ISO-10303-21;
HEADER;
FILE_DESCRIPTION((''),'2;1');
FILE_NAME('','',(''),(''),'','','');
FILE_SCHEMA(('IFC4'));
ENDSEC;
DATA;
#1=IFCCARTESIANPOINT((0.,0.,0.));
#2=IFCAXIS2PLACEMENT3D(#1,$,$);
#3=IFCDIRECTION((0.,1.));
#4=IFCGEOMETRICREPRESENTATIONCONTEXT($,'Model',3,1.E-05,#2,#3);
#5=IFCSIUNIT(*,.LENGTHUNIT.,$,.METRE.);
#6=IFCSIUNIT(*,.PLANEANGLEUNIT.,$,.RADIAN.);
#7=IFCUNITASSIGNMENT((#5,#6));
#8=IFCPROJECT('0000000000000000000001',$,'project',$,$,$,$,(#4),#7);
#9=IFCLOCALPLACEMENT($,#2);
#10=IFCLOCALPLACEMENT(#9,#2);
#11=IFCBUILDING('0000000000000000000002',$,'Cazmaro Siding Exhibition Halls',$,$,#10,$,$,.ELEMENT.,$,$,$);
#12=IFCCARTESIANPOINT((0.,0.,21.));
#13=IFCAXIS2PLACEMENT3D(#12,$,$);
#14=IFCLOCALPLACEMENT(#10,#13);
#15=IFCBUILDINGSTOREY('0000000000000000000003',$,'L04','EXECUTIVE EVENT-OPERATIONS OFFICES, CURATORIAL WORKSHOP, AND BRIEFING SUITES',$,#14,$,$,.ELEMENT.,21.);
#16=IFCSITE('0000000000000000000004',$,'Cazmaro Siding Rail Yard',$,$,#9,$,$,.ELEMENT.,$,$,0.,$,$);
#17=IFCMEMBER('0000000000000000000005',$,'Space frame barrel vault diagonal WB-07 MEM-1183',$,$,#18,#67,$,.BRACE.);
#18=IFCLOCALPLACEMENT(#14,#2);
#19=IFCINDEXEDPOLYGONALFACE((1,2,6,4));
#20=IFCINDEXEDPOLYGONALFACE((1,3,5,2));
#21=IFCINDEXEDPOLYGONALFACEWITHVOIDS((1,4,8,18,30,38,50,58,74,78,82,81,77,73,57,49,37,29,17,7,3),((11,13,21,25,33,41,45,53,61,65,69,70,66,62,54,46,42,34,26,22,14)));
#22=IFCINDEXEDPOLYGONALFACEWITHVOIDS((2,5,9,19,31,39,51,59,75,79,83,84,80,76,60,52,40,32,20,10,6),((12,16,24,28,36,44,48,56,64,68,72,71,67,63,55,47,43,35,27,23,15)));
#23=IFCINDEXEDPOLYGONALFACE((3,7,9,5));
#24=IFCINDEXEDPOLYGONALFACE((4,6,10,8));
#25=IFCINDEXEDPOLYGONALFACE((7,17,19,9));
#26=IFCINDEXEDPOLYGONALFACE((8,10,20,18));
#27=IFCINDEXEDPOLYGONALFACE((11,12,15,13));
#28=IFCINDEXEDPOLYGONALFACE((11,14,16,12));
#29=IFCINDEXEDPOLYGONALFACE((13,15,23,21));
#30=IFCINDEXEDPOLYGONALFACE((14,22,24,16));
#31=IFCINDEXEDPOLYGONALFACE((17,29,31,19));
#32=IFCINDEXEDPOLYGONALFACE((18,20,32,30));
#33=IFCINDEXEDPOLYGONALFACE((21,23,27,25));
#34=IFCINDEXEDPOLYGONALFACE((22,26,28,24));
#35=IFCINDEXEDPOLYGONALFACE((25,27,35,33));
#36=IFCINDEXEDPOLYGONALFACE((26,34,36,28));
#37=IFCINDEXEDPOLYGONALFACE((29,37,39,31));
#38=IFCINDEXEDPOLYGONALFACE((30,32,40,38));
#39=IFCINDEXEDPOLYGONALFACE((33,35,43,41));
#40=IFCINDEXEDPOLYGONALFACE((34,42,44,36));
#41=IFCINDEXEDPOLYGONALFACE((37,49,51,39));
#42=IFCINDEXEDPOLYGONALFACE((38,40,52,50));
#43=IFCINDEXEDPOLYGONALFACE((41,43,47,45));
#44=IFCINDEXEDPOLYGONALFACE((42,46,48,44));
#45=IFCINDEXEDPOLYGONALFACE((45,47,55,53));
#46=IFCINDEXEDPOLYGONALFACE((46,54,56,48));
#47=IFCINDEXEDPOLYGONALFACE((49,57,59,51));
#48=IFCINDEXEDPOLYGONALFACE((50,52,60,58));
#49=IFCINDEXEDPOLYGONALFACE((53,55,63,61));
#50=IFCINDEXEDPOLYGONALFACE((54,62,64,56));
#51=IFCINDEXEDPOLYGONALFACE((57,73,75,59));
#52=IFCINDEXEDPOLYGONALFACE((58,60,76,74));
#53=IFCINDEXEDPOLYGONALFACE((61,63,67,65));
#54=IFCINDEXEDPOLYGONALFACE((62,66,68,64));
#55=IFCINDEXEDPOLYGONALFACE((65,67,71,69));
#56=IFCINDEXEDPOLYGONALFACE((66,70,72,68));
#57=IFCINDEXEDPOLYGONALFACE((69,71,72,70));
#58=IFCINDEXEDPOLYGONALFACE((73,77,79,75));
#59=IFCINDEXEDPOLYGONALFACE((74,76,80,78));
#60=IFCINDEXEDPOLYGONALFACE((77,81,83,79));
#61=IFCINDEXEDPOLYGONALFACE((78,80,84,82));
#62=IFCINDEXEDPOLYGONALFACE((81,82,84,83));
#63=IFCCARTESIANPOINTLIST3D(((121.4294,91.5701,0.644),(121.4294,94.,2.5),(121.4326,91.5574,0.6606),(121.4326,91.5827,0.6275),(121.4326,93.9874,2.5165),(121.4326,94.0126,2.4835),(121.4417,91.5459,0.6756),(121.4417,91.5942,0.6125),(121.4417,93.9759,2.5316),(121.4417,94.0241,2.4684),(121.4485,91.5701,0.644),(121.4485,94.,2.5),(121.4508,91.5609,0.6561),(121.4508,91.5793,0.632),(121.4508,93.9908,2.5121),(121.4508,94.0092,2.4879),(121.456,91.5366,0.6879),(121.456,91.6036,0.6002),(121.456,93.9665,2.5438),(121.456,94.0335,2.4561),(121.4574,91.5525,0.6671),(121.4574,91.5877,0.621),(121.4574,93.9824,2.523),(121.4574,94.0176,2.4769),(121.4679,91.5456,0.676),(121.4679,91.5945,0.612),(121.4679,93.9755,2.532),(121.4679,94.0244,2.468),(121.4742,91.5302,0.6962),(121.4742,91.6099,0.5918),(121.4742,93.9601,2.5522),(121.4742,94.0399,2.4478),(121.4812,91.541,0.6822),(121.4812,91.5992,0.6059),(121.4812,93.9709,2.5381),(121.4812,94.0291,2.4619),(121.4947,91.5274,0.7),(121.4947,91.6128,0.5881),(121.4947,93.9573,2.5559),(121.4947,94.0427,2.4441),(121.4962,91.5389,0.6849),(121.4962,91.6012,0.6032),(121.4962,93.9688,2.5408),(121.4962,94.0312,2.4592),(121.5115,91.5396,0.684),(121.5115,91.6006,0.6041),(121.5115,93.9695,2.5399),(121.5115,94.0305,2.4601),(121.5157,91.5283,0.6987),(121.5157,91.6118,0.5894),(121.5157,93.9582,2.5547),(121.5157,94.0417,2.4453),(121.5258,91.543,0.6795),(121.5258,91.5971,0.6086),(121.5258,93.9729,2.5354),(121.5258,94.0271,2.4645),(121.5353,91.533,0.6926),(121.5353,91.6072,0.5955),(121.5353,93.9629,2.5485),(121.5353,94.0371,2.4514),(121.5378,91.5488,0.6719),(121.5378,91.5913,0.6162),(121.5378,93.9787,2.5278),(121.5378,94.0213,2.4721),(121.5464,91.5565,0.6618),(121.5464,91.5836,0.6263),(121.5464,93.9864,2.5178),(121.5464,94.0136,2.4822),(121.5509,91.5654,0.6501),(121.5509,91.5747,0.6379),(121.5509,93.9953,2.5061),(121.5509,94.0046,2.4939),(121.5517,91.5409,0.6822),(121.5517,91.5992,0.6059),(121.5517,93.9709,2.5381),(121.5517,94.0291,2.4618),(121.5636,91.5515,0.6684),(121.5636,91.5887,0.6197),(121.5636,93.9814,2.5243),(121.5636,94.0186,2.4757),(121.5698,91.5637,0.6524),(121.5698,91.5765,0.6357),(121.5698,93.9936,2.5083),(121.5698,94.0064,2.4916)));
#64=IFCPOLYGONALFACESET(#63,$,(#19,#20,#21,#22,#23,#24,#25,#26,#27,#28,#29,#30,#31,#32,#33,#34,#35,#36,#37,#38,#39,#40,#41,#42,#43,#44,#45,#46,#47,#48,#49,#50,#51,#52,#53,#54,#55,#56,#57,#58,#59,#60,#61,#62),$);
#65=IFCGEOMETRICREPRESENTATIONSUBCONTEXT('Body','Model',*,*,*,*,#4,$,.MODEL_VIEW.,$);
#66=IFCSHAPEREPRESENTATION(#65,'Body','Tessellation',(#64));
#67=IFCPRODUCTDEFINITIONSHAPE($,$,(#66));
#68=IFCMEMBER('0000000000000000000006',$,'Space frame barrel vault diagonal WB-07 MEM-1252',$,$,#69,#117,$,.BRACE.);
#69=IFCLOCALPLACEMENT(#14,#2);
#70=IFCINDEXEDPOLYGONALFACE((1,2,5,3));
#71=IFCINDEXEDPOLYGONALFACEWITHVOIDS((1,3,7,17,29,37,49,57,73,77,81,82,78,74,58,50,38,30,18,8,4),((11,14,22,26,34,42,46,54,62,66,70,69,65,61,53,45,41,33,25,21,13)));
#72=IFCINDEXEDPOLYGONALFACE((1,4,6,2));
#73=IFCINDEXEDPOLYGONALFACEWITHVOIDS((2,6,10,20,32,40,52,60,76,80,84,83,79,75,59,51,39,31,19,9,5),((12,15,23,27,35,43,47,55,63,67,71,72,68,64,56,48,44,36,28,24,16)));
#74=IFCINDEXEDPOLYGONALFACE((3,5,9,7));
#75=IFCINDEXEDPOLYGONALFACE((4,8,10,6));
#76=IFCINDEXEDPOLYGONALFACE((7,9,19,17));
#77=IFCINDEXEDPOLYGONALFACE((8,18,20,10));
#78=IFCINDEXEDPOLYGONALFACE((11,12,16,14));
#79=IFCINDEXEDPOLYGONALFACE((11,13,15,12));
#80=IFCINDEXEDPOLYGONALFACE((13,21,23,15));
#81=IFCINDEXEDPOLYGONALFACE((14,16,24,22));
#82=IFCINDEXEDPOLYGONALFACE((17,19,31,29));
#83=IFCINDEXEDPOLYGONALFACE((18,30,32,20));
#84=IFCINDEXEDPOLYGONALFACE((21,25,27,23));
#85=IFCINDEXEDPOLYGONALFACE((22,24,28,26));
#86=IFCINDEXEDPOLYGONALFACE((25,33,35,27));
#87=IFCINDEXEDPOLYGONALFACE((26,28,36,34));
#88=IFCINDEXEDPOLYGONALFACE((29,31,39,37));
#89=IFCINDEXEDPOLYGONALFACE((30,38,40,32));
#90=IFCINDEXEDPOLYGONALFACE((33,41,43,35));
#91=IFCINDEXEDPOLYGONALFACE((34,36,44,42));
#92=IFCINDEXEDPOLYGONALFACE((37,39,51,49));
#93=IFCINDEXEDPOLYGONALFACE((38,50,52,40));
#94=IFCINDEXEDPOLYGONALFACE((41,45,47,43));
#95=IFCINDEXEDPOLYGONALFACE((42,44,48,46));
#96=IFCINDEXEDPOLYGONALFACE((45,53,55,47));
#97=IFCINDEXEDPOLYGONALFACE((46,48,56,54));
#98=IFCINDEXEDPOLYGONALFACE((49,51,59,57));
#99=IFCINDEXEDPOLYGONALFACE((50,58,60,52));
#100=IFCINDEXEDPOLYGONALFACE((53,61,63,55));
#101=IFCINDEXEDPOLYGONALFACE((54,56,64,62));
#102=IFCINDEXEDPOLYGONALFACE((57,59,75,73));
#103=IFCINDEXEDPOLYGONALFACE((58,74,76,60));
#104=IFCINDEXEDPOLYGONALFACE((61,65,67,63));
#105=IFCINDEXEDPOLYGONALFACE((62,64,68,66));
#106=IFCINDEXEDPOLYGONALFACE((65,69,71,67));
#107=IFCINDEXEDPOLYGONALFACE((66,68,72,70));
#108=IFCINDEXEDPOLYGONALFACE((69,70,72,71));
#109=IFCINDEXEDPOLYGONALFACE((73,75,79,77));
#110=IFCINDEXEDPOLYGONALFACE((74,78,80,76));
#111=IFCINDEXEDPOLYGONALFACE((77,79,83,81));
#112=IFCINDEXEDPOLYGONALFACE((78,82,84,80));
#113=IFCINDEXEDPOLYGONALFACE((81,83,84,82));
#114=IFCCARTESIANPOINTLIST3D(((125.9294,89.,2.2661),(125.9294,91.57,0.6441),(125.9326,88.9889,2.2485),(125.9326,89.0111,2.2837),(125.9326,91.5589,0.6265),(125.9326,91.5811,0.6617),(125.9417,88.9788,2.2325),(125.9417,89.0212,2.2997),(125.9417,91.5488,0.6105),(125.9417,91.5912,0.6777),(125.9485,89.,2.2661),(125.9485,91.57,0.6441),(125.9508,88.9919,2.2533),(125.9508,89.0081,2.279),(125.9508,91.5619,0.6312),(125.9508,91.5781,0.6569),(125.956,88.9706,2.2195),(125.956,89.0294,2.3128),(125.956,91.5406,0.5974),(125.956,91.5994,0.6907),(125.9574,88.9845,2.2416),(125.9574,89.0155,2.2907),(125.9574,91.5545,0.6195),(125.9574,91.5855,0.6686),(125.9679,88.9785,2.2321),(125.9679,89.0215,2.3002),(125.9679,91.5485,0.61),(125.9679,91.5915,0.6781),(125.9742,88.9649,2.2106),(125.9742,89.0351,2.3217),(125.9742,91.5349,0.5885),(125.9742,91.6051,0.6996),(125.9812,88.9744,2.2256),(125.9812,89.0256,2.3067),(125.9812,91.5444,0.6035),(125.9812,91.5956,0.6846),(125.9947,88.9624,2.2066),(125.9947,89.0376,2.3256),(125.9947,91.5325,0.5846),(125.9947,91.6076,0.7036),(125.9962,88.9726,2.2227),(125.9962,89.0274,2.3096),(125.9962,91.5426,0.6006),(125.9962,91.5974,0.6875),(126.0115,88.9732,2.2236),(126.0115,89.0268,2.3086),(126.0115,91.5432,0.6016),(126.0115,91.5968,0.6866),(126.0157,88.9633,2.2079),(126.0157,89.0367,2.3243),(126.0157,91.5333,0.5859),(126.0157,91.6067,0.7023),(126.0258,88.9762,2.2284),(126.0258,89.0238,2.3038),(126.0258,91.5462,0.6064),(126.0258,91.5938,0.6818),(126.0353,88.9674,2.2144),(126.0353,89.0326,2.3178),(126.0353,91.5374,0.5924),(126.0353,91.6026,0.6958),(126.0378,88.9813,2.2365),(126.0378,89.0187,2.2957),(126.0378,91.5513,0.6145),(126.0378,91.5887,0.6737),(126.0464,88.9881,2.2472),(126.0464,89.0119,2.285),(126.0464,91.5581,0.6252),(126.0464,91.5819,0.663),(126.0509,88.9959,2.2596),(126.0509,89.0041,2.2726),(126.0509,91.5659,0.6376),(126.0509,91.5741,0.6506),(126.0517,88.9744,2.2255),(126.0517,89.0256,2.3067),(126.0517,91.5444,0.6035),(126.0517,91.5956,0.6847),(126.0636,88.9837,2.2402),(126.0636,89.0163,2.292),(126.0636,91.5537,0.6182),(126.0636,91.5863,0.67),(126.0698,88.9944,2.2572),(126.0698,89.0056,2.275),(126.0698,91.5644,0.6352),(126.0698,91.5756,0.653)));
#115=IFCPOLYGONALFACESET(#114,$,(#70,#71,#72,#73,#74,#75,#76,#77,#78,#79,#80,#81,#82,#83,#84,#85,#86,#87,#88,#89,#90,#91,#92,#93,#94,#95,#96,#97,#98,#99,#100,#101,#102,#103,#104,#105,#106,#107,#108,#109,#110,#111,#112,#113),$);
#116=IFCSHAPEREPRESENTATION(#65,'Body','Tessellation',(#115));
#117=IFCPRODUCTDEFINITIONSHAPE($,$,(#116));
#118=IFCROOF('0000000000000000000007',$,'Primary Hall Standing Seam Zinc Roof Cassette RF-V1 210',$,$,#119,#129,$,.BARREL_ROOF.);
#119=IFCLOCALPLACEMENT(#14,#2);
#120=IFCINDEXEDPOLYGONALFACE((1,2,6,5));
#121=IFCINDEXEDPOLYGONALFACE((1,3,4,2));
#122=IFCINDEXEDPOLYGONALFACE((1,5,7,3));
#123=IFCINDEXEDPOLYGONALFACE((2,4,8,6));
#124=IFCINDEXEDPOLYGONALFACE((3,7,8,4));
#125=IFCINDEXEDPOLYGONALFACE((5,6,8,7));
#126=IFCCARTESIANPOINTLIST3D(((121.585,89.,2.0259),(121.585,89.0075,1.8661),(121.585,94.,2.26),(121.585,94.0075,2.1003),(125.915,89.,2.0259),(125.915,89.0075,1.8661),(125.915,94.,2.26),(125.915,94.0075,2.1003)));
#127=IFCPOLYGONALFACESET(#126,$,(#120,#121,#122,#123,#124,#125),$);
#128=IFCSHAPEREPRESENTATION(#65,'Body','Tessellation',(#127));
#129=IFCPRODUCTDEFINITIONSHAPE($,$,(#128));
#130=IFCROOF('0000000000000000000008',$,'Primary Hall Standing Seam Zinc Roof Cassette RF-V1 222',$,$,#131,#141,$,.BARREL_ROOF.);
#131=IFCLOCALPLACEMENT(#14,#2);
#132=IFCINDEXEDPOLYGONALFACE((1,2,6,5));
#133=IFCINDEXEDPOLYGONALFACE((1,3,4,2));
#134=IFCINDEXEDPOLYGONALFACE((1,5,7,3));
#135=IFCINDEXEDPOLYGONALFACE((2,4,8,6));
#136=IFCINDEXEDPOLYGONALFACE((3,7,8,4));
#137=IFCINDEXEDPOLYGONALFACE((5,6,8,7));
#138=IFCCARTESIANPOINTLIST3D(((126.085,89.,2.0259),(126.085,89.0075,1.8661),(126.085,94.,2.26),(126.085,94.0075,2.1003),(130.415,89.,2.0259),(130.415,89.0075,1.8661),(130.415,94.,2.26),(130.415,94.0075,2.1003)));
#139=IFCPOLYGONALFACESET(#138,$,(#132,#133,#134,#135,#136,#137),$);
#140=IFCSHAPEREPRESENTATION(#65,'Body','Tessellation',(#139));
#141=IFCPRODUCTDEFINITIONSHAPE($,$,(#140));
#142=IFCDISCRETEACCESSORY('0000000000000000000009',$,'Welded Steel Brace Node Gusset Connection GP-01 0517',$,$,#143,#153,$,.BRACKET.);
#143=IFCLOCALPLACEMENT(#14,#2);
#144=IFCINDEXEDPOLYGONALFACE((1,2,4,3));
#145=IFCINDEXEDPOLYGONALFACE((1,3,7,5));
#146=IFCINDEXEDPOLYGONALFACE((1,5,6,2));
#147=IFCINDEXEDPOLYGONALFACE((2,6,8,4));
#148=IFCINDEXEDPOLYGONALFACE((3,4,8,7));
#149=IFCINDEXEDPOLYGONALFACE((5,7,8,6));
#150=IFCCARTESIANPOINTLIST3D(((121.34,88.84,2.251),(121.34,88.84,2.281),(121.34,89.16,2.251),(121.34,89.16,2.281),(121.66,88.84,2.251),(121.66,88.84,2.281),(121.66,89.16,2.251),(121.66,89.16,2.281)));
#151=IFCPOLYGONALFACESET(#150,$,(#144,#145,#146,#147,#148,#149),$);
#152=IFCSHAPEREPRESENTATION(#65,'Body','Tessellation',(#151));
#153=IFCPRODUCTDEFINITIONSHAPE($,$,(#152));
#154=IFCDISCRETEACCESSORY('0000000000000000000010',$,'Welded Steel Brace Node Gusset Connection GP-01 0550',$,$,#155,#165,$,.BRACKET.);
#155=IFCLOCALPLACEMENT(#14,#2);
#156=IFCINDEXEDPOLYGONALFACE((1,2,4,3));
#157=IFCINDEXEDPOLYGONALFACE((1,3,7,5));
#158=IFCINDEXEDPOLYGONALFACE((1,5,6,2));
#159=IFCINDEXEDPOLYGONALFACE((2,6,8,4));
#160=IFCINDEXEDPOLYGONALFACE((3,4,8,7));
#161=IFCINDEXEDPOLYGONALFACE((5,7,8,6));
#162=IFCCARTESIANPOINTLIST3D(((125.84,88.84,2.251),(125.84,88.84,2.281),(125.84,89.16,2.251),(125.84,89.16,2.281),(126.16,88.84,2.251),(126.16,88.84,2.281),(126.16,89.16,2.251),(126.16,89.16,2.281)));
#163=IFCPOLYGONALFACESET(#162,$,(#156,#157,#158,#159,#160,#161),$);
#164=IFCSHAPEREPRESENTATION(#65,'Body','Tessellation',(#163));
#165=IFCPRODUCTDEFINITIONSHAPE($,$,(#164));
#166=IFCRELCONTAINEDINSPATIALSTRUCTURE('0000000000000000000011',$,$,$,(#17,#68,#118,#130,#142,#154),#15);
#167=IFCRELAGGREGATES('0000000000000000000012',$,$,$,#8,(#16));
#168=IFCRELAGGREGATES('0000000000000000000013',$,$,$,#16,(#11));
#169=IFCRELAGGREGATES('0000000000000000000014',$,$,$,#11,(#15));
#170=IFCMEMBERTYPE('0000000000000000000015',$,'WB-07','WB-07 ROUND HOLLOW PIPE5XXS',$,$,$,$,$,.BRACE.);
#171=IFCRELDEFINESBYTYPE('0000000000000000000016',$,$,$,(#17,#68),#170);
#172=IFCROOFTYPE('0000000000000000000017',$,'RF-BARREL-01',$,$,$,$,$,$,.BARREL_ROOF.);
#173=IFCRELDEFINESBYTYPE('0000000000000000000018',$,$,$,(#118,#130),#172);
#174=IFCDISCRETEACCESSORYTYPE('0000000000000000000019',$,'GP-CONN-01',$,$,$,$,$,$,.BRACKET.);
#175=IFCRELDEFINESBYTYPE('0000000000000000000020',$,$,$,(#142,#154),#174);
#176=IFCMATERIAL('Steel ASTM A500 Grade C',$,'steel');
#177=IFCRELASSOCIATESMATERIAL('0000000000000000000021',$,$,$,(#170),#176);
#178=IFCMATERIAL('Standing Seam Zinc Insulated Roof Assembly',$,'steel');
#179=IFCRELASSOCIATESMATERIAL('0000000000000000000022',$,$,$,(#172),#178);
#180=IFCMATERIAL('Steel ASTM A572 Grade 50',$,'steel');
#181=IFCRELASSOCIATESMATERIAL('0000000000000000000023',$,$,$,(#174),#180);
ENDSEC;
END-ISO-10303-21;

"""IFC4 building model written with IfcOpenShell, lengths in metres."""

from ifc_helpers import new_model, si_unit, direction, frame, origin, origin_2d, place, context, subcontext, project, spatial, polyline, rectangle, hollow_circle, outline, extrude, material, material_profile, profile_set, type_object, element, save


model = new_model("IFC4")

# Units and contexts
model_context = context("Model", 3, precision=1e-05, world=origin(), true_north=direction((0.0, 1.0)))
body_context = subcontext(model_context, "Body", "Model", "MODEL_VIEW")
ifc_project = project(units=[si_unit("LENGTHUNIT", "METRE"), si_unit("PLANEANGLEUNIT", "RADIAN")], contexts=[model_context])

# Site, building, storey
site_placement = place(None, origin())
site = spatial("IfcSite", under=ifc_project, at=site_placement, Name="Cazmaro Siding Rail Yard", CompositionType="ELEMENT", RefElevation=0.0)
building_placement = place(site_placement, origin())
building = spatial("IfcBuilding", under=site, at=building_placement, Name="Cazmaro Siding Exhibition Halls", CompositionType="ELEMENT")
storey_placement = place(building_placement, frame((0.0, 0.0, 21.0)))
storey = spatial("IfcBuildingStorey", under=building, at=storey_placement, Name="L04", Description="EXECUTIVE EVENT-OPERATIONS OFFICES, CURATORIAL WORKSHOP, AND BRIEFING SUITES", CompositionType="ELEMENT", Elevation=21.0)

# Members
ifc_material_1 = material(Name="Steel ASTM A500 Grade C", Category="steel")
ifc_material_profile_1 = material_profile(ifc_material_1, hollow_circle(Radius=0.0706, WallThickness=0.019, at=origin_2d()), Name="PIPE5XXS")
ifc_profile_set_1 = profile_set([ifc_material_profile_1], Name="Steel ASTM A500 Grade C")
member_type_1 = type_object("IfcMemberType", Name="WB-07", Description="WB-07 ROUND HOLLOW PIPE5XXS", PredefinedType="BRACE", material=ifc_profile_set_1)
member_1_placement = place(storey_placement, frame((121.5, 91.5701, 0.644), z_axis=(0.0, 0.794709, 0.606991), x_axis=(-1.0, 0.0, 0.0)))
element("IfcMember", 1, at=member_1_placement, inside=storey, type_object=member_type_1, Name="Space frame barrel vault diagonal WB-07 MEM-1183", PredefinedType="BRACE", context=body_context, shape_type="SweptSolid", body=[
    extrude(hollow_circle(Radius=0.0706, WallThickness=0.019, at=origin_2d()), origin(), (0.0, 0.0, 1.0), 3.0576),
])
member_2_placement = place(storey_placement, frame((126.0, 89.0, 2.2661), z_axis=(0.0, 0.845657, -0.533727), x_axis=(-1.0, 0.0, 0.0)))
element("IfcMember", 2, at=member_2_placement, inside=storey, type_object=member_type_1, Name="Space frame barrel vault diagonal WB-07 MEM-1252", PredefinedType="BRACE", context=body_context, shape_type="SweptSolid", body=[
    extrude(hollow_circle(Radius=0.0706, WallThickness=0.019, at=origin_2d()), origin(), (0.0, 0.0, 1.0), 3.0391),
])

# Roofs
ifc_material_2 = material(Name="Standing Seam Zinc Insulated Roof Assembly", Category="steel")
roof_type = type_object("IfcRoofType", Name="RF-BARREL-01", PredefinedType="BARREL_ROOF", material=ifc_material_2)
for number, where, z_axis, x_axis, name in (
    (3, (121.585, 89.0, 2.0259), (0.0, -0.046775, 0.998905), (1.0, 0.0, 0.0), "Primary Hall Standing Seam Zinc Roof Cassette RF-V1 210"),
    (4, (126.085, 89.0, 2.0259), (0.0, -0.046775, 0.998905), (1.0, 0.0, 0.0), "Primary Hall Standing Seam Zinc Roof Cassette RF-V1 222"),
):
    element("IfcRoof", number, at=place(storey_placement, frame(where, z_axis=z_axis, x_axis=x_axis)), inside=storey, type_object=roof_type, Name=name, PredefinedType="BARREL_ROOF", context=body_context, shape_type="SweptSolid", body=[
        extrude(outline(polyline([(0.0, 0.0), (4.3301, 0.0), (4.3301, 5.0055), (0.0, 5.0055), (0.0, 0.0)])), origin(), (0.0, 0.0, -1.0), 0.1599),
    ])

# Discrete accessories
ifc_material_3 = material(Name="Steel ASTM A572 Grade 50", Category="steel")
discrete_accessory_type = type_object("IfcDiscreteAccessoryType", Name="GP-CONN-01", PredefinedType="BRACKET", material=ifc_material_3)
for number, where, z_axis, x_axis, name in (
    (5, (121.5, 89.0, 2.251), (0.0, 0.0, 1.0), (1.0, 0.0, 0.0), "Welded Steel Brace Node Gusset Connection GP-01 0517"),
    (6, (126.0, 89.0, 2.251), (0.0, 0.0, 1.0), (1.0, 0.0, 0.0), "Welded Steel Brace Node Gusset Connection GP-01 0550"),
):
    element("IfcDiscreteAccessory", number, at=place(storey_placement, frame(where, z_axis=z_axis, x_axis=x_axis)), inside=storey, type_object=discrete_accessory_type, Name=name, PredefinedType="BRACKET", context=body_context, shape_type="SweptSolid", body=[
        extrude(rectangle(XDim=0.3201, YDim=0.3201, at=origin_2d()), origin(), (0.0, 0.0, 1.0), 0.03),
    ])

save(model, "model.ifc")
